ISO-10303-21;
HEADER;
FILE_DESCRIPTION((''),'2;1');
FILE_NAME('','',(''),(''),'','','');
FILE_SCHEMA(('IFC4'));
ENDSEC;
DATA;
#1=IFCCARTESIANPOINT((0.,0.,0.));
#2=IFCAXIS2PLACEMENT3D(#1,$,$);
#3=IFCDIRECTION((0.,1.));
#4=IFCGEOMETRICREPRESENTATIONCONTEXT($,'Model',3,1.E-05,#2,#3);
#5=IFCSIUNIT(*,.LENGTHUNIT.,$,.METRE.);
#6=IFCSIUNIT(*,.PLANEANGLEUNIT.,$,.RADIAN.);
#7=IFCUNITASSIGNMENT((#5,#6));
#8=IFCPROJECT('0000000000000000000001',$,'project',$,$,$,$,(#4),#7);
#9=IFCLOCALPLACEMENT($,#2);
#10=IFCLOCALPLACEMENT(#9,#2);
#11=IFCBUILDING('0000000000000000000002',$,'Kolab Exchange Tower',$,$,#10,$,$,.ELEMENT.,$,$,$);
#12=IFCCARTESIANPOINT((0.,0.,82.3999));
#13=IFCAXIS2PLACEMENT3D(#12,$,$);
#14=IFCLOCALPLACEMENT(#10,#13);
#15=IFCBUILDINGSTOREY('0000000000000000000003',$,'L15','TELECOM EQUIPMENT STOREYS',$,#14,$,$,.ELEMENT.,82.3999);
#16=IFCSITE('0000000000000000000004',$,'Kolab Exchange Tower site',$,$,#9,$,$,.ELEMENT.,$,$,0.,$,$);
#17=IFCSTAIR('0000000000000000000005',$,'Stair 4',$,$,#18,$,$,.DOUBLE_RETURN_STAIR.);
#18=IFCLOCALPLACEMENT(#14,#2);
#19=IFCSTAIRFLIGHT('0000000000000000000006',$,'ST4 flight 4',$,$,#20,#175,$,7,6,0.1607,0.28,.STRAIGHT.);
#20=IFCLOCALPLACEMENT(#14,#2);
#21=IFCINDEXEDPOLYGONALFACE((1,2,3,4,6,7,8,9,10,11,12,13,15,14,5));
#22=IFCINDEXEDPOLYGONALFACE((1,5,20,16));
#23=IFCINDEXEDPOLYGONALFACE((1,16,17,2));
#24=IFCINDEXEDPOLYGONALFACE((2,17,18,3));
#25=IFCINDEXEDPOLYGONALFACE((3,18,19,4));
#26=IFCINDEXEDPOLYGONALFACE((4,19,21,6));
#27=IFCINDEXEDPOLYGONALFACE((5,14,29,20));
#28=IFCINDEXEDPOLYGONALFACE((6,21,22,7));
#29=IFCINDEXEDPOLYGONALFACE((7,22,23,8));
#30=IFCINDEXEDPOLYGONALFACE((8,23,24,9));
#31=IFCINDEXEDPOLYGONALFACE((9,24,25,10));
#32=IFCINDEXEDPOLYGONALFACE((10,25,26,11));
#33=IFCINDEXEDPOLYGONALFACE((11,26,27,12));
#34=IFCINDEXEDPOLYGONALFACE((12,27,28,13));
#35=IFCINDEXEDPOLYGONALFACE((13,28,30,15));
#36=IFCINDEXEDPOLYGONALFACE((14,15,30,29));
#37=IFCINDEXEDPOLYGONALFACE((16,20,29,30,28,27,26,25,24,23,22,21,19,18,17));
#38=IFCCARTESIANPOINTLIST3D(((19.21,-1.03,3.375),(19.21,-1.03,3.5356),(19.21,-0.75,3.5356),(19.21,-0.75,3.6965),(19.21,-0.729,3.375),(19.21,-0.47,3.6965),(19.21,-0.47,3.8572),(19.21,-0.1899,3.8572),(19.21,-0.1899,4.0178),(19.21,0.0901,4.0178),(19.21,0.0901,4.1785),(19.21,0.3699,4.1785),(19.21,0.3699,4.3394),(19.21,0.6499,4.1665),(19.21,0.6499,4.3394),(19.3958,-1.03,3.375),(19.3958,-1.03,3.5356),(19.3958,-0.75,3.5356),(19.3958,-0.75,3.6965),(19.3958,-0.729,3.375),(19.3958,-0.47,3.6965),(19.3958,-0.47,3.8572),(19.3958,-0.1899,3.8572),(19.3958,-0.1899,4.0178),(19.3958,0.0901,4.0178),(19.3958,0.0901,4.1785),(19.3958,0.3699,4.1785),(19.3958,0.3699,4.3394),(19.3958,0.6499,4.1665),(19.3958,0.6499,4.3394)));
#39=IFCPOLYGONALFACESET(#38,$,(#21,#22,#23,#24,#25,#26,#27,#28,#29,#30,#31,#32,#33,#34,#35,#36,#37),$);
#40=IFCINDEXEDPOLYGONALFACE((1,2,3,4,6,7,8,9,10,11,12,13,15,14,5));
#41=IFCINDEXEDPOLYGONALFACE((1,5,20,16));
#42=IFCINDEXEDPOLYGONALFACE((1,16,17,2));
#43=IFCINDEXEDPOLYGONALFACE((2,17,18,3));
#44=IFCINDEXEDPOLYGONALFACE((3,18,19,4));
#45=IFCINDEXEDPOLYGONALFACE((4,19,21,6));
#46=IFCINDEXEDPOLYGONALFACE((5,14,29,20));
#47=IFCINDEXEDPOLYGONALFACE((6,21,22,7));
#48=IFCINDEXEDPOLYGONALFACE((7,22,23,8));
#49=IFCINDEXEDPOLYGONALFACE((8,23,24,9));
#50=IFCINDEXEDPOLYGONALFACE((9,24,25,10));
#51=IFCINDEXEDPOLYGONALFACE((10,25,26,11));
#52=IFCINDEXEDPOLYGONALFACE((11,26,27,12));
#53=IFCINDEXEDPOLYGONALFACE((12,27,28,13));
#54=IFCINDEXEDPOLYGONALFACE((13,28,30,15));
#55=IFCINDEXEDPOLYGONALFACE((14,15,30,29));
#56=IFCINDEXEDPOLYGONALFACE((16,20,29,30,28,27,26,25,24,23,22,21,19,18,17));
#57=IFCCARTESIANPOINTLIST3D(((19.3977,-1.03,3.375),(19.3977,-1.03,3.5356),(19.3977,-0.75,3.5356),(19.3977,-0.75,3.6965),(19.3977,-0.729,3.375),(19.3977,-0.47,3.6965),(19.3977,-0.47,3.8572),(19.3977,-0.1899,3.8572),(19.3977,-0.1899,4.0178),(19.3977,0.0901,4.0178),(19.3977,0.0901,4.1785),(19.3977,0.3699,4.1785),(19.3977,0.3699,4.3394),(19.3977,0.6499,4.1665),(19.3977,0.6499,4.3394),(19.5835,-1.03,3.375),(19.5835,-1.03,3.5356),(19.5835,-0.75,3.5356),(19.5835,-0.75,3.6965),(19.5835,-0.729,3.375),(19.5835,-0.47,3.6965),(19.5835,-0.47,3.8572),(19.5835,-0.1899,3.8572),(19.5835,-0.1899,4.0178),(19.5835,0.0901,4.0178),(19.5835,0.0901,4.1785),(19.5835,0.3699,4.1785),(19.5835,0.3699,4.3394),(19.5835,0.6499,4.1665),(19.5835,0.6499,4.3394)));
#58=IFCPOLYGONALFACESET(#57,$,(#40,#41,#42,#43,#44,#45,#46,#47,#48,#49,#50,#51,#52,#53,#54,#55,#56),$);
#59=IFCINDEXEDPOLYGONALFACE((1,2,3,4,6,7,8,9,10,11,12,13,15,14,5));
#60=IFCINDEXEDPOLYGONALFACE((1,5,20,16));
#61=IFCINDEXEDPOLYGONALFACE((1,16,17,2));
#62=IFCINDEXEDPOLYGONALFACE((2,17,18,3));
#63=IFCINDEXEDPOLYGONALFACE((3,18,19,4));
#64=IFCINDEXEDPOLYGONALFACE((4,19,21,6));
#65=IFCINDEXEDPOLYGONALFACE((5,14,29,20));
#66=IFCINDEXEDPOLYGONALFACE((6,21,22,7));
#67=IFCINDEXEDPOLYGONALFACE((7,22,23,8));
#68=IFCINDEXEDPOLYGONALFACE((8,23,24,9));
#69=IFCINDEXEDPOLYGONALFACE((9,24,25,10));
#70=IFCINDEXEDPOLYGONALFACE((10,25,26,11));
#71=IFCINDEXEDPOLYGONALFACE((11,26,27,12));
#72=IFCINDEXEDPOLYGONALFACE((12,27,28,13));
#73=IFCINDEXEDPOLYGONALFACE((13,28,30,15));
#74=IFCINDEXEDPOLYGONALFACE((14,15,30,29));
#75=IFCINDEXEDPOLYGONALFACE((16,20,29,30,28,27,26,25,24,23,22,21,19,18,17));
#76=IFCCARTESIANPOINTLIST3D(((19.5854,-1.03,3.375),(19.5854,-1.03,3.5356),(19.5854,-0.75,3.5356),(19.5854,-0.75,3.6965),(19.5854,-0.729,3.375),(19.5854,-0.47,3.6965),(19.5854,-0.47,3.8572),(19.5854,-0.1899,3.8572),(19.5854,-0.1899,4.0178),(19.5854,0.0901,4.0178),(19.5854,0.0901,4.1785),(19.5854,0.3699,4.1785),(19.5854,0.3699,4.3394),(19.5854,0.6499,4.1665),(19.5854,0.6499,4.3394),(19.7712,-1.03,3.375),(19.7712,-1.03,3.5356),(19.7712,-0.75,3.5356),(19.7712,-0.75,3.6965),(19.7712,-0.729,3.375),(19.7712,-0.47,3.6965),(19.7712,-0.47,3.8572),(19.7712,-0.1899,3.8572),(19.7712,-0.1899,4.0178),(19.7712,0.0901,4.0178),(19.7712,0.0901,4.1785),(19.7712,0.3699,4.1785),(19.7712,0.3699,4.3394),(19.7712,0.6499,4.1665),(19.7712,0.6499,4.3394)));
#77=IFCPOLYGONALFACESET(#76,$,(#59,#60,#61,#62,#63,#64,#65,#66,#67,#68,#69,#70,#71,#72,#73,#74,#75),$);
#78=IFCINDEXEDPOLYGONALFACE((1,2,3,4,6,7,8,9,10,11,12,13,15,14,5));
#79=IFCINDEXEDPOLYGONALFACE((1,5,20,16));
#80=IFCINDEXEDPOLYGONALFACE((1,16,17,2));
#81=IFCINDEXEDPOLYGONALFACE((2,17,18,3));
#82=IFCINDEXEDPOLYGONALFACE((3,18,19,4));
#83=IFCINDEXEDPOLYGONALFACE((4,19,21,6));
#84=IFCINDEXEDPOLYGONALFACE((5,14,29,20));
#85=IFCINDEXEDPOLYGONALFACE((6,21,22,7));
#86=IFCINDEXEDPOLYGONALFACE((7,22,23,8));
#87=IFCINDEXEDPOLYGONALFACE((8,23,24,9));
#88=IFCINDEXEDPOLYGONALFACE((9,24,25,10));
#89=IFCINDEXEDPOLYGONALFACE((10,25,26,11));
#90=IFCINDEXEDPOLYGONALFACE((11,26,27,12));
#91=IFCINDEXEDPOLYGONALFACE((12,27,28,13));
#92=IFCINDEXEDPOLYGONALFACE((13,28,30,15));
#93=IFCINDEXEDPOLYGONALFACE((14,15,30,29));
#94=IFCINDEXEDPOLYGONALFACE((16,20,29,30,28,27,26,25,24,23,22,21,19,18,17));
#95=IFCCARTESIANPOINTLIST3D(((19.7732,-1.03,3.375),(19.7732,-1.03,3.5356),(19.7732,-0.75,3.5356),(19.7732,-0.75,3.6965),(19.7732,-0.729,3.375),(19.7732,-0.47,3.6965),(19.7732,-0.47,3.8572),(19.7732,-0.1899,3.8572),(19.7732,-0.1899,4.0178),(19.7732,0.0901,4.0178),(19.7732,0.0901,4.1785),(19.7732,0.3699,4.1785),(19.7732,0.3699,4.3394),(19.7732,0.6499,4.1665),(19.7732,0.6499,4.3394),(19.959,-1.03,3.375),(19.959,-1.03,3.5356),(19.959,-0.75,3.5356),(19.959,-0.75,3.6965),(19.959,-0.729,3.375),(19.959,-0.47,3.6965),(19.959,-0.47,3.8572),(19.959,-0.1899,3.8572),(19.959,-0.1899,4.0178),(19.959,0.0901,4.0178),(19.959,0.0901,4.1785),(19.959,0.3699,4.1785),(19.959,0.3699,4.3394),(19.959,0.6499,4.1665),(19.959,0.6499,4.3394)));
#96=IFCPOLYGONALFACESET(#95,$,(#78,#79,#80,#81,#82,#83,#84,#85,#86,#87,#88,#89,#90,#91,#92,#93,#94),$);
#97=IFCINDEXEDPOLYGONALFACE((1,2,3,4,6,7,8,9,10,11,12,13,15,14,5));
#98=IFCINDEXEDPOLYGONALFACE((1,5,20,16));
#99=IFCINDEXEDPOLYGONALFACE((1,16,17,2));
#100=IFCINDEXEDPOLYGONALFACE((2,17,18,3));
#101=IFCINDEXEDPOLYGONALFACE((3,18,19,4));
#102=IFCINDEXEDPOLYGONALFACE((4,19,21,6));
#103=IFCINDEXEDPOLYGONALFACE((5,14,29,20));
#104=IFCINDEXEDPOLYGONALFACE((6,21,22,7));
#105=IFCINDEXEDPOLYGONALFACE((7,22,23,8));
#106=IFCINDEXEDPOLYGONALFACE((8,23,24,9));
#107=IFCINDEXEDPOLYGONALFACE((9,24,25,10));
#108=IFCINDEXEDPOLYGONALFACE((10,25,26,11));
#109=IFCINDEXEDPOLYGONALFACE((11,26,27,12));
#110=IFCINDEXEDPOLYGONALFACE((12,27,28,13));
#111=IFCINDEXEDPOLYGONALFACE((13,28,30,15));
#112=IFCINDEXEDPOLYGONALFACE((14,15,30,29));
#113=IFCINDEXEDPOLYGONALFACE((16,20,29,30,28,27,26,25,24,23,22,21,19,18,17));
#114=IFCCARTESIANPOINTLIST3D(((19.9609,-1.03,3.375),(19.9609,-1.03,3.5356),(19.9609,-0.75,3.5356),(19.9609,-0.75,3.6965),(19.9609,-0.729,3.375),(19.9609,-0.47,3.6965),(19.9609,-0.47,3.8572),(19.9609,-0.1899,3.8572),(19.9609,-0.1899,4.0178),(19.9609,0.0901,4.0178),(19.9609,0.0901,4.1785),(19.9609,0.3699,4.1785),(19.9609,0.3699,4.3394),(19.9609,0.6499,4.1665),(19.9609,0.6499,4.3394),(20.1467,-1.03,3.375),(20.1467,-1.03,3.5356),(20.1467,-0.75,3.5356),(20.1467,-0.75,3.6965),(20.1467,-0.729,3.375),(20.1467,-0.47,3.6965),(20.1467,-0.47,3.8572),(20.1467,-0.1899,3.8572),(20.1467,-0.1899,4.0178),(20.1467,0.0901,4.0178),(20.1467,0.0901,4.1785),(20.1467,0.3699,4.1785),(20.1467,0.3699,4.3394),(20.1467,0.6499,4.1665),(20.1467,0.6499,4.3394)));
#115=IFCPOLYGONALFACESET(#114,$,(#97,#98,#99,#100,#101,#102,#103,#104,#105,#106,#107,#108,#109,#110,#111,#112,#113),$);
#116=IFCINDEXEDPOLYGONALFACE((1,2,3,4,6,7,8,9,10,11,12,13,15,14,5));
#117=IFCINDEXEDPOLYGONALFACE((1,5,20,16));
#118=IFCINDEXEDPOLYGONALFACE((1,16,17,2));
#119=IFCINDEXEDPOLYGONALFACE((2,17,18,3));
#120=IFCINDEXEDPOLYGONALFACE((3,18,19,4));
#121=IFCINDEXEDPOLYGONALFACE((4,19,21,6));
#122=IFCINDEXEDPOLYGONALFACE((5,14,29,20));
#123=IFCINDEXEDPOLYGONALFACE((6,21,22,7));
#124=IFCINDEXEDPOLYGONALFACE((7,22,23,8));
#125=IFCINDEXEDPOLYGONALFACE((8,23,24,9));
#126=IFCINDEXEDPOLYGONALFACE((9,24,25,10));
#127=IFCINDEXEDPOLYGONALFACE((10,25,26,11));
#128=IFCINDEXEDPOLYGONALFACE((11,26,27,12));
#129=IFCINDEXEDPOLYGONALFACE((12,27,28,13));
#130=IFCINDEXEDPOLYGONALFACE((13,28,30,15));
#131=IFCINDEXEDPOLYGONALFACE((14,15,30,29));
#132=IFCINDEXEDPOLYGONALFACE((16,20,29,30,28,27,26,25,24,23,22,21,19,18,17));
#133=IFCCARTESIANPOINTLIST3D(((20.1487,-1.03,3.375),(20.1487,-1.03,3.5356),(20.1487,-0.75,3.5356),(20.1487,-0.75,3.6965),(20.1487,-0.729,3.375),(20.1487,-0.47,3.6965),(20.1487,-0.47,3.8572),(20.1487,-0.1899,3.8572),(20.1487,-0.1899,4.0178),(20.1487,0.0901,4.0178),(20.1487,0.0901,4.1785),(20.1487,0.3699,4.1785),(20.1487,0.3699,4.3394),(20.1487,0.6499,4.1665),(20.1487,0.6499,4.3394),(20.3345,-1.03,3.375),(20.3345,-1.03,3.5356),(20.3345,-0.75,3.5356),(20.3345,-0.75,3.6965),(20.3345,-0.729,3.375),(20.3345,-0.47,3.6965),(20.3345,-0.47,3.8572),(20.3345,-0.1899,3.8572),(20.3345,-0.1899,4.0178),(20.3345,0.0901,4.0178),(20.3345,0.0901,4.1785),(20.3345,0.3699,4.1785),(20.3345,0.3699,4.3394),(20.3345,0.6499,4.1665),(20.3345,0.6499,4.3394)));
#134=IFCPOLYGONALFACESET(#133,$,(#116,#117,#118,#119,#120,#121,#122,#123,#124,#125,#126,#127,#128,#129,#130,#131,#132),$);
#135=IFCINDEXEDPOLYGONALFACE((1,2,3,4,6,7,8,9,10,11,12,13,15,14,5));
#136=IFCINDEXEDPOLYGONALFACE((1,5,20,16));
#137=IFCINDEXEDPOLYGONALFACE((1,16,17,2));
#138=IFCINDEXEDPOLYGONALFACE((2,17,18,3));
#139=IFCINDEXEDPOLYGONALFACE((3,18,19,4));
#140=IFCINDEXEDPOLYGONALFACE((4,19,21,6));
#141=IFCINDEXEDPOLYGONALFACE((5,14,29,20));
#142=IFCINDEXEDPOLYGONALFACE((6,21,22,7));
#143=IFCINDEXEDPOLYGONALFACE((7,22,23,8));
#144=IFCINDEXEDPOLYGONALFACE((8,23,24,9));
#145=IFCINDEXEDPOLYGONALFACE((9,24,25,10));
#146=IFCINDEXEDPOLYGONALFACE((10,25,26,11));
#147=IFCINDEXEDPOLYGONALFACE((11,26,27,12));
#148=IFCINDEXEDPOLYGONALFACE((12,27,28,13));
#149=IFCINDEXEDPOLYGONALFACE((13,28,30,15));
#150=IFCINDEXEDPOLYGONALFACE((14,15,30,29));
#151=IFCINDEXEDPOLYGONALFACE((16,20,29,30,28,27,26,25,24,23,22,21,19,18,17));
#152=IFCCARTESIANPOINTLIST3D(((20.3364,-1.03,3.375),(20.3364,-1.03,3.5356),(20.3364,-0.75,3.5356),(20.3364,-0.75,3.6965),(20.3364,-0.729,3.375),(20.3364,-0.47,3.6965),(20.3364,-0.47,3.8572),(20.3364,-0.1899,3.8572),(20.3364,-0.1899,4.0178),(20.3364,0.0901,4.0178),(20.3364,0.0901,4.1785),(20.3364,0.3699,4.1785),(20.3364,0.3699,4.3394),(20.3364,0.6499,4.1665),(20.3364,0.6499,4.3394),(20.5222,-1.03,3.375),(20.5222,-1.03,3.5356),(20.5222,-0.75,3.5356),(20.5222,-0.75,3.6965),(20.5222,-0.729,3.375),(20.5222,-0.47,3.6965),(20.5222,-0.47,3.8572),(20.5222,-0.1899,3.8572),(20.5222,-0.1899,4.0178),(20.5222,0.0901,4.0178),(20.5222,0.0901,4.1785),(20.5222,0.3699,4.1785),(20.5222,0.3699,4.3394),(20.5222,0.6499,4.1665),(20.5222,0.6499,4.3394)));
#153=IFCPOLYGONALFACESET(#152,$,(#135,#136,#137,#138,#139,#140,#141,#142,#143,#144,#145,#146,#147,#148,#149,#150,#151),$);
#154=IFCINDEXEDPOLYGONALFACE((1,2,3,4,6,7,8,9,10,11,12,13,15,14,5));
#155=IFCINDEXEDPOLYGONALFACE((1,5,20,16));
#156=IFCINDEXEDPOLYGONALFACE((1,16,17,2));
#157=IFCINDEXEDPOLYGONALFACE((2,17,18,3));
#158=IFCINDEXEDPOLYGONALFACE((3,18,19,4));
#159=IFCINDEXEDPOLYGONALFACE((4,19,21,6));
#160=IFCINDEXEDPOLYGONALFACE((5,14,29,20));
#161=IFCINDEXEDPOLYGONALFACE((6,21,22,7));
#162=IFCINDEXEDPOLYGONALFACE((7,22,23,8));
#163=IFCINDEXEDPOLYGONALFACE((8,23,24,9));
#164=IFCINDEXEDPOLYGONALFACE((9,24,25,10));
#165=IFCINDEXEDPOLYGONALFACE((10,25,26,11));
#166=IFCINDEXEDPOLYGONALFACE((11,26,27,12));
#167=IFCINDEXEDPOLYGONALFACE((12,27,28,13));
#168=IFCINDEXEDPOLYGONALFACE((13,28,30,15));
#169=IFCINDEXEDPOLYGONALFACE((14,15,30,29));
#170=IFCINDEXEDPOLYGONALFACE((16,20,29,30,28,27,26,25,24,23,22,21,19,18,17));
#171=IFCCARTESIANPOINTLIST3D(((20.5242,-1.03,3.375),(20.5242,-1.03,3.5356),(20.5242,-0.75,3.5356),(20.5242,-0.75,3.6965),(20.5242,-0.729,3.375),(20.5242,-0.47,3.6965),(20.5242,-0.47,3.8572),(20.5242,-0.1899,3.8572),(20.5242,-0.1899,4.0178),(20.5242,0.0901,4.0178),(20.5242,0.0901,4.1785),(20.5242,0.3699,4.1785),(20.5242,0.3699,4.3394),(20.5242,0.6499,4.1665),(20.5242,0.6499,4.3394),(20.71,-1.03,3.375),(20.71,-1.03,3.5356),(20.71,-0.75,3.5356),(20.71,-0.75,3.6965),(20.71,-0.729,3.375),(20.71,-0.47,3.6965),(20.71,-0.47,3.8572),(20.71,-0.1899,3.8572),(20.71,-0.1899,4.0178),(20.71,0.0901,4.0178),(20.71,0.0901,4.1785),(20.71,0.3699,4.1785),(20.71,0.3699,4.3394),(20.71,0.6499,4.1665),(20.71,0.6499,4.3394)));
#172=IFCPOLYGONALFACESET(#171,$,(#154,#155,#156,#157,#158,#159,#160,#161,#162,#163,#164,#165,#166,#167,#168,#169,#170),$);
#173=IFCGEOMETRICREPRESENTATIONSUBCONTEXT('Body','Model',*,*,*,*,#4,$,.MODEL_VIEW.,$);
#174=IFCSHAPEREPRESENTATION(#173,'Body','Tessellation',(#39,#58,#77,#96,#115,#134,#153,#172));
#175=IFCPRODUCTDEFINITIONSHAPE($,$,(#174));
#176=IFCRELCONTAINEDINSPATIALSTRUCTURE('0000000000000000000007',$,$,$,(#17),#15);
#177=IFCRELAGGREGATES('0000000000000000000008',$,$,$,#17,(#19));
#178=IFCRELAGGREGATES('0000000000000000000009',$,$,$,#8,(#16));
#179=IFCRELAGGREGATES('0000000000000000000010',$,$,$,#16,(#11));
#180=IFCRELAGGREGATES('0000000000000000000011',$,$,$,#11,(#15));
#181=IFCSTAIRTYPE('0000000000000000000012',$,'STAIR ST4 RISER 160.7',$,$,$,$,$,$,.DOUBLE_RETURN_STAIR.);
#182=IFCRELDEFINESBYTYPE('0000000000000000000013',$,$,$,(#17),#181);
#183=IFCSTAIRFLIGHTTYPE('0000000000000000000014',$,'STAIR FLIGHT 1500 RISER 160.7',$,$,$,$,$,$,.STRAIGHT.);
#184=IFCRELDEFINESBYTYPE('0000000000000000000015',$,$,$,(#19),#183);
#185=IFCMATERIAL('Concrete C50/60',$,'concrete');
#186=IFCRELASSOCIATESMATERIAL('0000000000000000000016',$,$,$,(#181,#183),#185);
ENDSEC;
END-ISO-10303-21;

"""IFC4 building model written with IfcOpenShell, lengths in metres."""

from ifc_helpers import new_model, si_unit, direction, frame, origin, place, context, subcontext, project, spatial, polyline, outline, extrude, material, type_object, element, aggregate, save


model = new_model("IFC4")

# Units and contexts
model_context = context("Model", 3, precision=1e-05, world=origin(), true_north=direction((0.0, 1.0)))
body_context = subcontext(model_context, "Body", "Model", "MODEL_VIEW")
ifc_project = project(units=[si_unit("LENGTHUNIT", "METRE"), si_unit("PLANEANGLEUNIT", "RADIAN")], contexts=[model_context])

# Site, building, storey
site_placement = place(None, origin())
site = spatial("IfcSite", under=ifc_project, at=site_placement, Name="Kolab Exchange Tower site", CompositionType="ELEMENT", RefElevation=0.0)
building_placement = place(site_placement, origin())
building = spatial("IfcBuilding", under=site, at=building_placement, Name="Kolab Exchange Tower", CompositionType="ELEMENT")
storey_placement = place(building_placement, frame((0.0, 0.0, 82.3999)))
storey = spatial("IfcBuildingStorey", under=building, at=storey_placement, Name="L15", Description="TELECOM EQUIPMENT STOREYS", CompositionType="ELEMENT", Elevation=82.3999)

# Shared definitions
ifc_material_1 = material(Name="Concrete C50/60", Category="concrete")

# Stair, stair flight
stair_type = type_object("IfcStairType", Name="STAIR ST4 RISER 160.7", PredefinedType="DOUBLE_RETURN_STAIR", material=ifc_material_1)
stair_placement = place(storey_placement, origin())
stair = element("IfcStair", 1, at=stair_placement, inside=storey, type_object=stair_type, Name="Stair 4", PredefinedType="DOUBLE_RETURN_STAIR")
stair_flight_type = type_object("IfcStairFlightType", Name="STAIR FLIGHT 1500 RISER 160.7", PredefinedType="STRAIGHT", material=ifc_material_1)
stair_flight_1_placement = place(storey_placement, frame((19.96, -1.03, 3.375), z_axis=(0.0, 0.0, 1.0), x_axis=(0.0, 1.0, 0.0)))
stair_flight_1 = element("IfcStairFlight", 2, at=stair_flight_1_placement, type_object=stair_flight_type, Name="ST4 flight 4", NumberOfRisers=7, NumberOfTreads=6, PredefinedType="STRAIGHT", RiserHeight=0.1607, TreadLength=0.28, context=body_context, shape_type="SweptSolid", body=[
    extrude(outline(polyline([(0.0, 0.0), (0.0, 0.1606), (0.28, 0.1606), (0.28, 0.3215), (0.5601, 0.3215), (0.5601, 0.4822), (0.8401, 0.4822), (0.8401, 0.6428), (1.1201, 0.6428), (1.1201, 0.8035), (1.3999, 0.8035), (1.3999, 0.9644), (1.6799, 0.9644), (1.6799, 1.125), (1.6799, 0.7915), (0.301, 0.0), (0.0, 0.0)])), frame((0.0, 0.75, 0.0), z_axis=(0.0, -1.0, 0.0), x_axis=(1.0, 0.0, 0.0)), (0.0, 0.0, 1.0), 0.1858),
    extrude(outline(polyline([(0.0, 0.0), (0.0, 0.1606), (0.28, 0.1606), (0.28, 0.3215), (0.5601, 0.3215), (0.5601, 0.4822), (0.8401, 0.4822), (0.8401, 0.6428), (1.1201, 0.6428), (1.1201, 0.8035), (1.3999, 0.8035), (1.3999, 0.9644), (1.6799, 0.9644), (1.6799, 1.125), (1.6799, 0.7915), (0.301, 0.0), (0.0, 0.0)])), frame((0.0, 0.5623, 0.0), z_axis=(0.0, -1.0, 0.0), x_axis=(1.0, 0.0, 0.0)), (0.0, 0.0, 1.0), 0.1858),
    extrude(outline(polyline([(0.0, 0.0), (0.0, 0.1606), (0.28, 0.1606), (0.28, 0.3215), (0.5601, 0.3215), (0.5601, 0.4822), (0.8401, 0.4822), (0.8401, 0.6428), (1.1201, 0.6428), (1.1201, 0.8035), (1.3999, 0.8035), (1.3999, 0.9644), (1.6799, 0.9644), (1.6799, 1.125), (1.6799, 0.7915), (0.301, 0.0), (0.0, 0.0)])), frame((0.0, 0.3745, 0.0), z_axis=(0.0, -1.0, 0.0), x_axis=(1.0, 0.0, 0.0)), (0.0, 0.0, 1.0), 0.1858),
    extrude(outline(polyline([(0.0, 0.0), (0.0, 0.1606), (0.28, 0.1606), (0.28, 0.3215), (0.5601, 0.3215), (0.5601, 0.4822), (0.8401, 0.4822), (0.8401, 0.6428), (1.1201, 0.6428), (1.1201, 0.8035), (1.3999, 0.8035), (1.3999, 0.9644), (1.6799, 0.9644), (1.6799, 1.125), (1.6799, 0.7915), (0.301, 0.0), (0.0, 0.0)])), frame((0.0, 0.1868, 0.0), z_axis=(0.0, -1.0, 0.0), x_axis=(1.0, 0.0, 0.0)), (0.0, 0.0, 1.0), 0.1858),
    extrude(outline(polyline([(0.0, 0.0), (0.0, 0.1606), (0.28, 0.1606), (0.28, 0.3215), (0.5601, 0.3215), (0.5601, 0.4822), (0.8401, 0.4822), (0.8401, 0.6428), (1.1201, 0.6428), (1.1201, 0.8035), (1.3999, 0.8035), (1.3999, 0.9644), (1.6799, 0.9644), (1.6799, 1.125), (1.6799, 0.7915), (0.301, 0.0), (0.0, 0.0)])), frame((0.0, -0.001, 0.0), z_axis=(0.0, -1.0, 0.0), x_axis=(1.0, 0.0, 0.0)), (0.0, 0.0, 1.0), 0.1858),
    extrude(outline(polyline([(0.0, 0.0), (0.0, 0.1606), (0.28, 0.1606), (0.28, 0.3215), (0.5601, 0.3215), (0.5601, 0.4822), (0.8401, 0.4822), (0.8401, 0.6428), (1.1201, 0.6428), (1.1201, 0.8035), (1.3999, 0.8035), (1.3999, 0.9644), (1.6799, 0.9644), (1.6799, 1.125), (1.6799, 0.7915), (0.301, 0.0), (0.0, 0.0)])), frame((0.0, -0.1887, 0.0), z_axis=(0.0, -1.0, 0.0), x_axis=(1.0, 0.0, 0.0)), (0.0, 0.0, 1.0), 0.1858),
    extrude(outline(polyline([(0.0, 0.0), (0.0, 0.1606), (0.28, 0.1606), (0.28, 0.3215), (0.5601, 0.3215), (0.5601, 0.4822), (0.8401, 0.4822), (0.8401, 0.6428), (1.1201, 0.6428), (1.1201, 0.8035), (1.3999, 0.8035), (1.3999, 0.9644), (1.6799, 0.9644), (1.6799, 1.125), (1.6799, 0.7915), (0.301, 0.0), (0.0, 0.0)])), frame((0.0, -0.3765, 0.0), z_axis=(0.0, -1.0, 0.0), x_axis=(1.0, 0.0, 0.0)), (0.0, 0.0, 1.0), 0.1858),
    extrude(outline(polyline([(0.0, 0.0), (0.0, 0.1606), (0.28, 0.1606), (0.28, 0.3215), (0.5601, 0.3215), (0.5601, 0.4822), (0.8401, 0.4822), (0.8401, 0.6428), (1.1201, 0.6428), (1.1201, 0.8035), (1.3999, 0.8035), (1.3999, 0.9644), (1.6799, 0.9644), (1.6799, 1.125), (1.6799, 0.7915), (0.301, 0.0), (0.0, 0.0)])), frame((0.0, -0.5642, 0.0), z_axis=(0.0, -1.0, 0.0), x_axis=(1.0, 0.0, 0.0)), (0.0, 0.0, 1.0), 0.1858),
])
aggregate(stair, [stair_flight_1])

save(model, "model.ifc")
